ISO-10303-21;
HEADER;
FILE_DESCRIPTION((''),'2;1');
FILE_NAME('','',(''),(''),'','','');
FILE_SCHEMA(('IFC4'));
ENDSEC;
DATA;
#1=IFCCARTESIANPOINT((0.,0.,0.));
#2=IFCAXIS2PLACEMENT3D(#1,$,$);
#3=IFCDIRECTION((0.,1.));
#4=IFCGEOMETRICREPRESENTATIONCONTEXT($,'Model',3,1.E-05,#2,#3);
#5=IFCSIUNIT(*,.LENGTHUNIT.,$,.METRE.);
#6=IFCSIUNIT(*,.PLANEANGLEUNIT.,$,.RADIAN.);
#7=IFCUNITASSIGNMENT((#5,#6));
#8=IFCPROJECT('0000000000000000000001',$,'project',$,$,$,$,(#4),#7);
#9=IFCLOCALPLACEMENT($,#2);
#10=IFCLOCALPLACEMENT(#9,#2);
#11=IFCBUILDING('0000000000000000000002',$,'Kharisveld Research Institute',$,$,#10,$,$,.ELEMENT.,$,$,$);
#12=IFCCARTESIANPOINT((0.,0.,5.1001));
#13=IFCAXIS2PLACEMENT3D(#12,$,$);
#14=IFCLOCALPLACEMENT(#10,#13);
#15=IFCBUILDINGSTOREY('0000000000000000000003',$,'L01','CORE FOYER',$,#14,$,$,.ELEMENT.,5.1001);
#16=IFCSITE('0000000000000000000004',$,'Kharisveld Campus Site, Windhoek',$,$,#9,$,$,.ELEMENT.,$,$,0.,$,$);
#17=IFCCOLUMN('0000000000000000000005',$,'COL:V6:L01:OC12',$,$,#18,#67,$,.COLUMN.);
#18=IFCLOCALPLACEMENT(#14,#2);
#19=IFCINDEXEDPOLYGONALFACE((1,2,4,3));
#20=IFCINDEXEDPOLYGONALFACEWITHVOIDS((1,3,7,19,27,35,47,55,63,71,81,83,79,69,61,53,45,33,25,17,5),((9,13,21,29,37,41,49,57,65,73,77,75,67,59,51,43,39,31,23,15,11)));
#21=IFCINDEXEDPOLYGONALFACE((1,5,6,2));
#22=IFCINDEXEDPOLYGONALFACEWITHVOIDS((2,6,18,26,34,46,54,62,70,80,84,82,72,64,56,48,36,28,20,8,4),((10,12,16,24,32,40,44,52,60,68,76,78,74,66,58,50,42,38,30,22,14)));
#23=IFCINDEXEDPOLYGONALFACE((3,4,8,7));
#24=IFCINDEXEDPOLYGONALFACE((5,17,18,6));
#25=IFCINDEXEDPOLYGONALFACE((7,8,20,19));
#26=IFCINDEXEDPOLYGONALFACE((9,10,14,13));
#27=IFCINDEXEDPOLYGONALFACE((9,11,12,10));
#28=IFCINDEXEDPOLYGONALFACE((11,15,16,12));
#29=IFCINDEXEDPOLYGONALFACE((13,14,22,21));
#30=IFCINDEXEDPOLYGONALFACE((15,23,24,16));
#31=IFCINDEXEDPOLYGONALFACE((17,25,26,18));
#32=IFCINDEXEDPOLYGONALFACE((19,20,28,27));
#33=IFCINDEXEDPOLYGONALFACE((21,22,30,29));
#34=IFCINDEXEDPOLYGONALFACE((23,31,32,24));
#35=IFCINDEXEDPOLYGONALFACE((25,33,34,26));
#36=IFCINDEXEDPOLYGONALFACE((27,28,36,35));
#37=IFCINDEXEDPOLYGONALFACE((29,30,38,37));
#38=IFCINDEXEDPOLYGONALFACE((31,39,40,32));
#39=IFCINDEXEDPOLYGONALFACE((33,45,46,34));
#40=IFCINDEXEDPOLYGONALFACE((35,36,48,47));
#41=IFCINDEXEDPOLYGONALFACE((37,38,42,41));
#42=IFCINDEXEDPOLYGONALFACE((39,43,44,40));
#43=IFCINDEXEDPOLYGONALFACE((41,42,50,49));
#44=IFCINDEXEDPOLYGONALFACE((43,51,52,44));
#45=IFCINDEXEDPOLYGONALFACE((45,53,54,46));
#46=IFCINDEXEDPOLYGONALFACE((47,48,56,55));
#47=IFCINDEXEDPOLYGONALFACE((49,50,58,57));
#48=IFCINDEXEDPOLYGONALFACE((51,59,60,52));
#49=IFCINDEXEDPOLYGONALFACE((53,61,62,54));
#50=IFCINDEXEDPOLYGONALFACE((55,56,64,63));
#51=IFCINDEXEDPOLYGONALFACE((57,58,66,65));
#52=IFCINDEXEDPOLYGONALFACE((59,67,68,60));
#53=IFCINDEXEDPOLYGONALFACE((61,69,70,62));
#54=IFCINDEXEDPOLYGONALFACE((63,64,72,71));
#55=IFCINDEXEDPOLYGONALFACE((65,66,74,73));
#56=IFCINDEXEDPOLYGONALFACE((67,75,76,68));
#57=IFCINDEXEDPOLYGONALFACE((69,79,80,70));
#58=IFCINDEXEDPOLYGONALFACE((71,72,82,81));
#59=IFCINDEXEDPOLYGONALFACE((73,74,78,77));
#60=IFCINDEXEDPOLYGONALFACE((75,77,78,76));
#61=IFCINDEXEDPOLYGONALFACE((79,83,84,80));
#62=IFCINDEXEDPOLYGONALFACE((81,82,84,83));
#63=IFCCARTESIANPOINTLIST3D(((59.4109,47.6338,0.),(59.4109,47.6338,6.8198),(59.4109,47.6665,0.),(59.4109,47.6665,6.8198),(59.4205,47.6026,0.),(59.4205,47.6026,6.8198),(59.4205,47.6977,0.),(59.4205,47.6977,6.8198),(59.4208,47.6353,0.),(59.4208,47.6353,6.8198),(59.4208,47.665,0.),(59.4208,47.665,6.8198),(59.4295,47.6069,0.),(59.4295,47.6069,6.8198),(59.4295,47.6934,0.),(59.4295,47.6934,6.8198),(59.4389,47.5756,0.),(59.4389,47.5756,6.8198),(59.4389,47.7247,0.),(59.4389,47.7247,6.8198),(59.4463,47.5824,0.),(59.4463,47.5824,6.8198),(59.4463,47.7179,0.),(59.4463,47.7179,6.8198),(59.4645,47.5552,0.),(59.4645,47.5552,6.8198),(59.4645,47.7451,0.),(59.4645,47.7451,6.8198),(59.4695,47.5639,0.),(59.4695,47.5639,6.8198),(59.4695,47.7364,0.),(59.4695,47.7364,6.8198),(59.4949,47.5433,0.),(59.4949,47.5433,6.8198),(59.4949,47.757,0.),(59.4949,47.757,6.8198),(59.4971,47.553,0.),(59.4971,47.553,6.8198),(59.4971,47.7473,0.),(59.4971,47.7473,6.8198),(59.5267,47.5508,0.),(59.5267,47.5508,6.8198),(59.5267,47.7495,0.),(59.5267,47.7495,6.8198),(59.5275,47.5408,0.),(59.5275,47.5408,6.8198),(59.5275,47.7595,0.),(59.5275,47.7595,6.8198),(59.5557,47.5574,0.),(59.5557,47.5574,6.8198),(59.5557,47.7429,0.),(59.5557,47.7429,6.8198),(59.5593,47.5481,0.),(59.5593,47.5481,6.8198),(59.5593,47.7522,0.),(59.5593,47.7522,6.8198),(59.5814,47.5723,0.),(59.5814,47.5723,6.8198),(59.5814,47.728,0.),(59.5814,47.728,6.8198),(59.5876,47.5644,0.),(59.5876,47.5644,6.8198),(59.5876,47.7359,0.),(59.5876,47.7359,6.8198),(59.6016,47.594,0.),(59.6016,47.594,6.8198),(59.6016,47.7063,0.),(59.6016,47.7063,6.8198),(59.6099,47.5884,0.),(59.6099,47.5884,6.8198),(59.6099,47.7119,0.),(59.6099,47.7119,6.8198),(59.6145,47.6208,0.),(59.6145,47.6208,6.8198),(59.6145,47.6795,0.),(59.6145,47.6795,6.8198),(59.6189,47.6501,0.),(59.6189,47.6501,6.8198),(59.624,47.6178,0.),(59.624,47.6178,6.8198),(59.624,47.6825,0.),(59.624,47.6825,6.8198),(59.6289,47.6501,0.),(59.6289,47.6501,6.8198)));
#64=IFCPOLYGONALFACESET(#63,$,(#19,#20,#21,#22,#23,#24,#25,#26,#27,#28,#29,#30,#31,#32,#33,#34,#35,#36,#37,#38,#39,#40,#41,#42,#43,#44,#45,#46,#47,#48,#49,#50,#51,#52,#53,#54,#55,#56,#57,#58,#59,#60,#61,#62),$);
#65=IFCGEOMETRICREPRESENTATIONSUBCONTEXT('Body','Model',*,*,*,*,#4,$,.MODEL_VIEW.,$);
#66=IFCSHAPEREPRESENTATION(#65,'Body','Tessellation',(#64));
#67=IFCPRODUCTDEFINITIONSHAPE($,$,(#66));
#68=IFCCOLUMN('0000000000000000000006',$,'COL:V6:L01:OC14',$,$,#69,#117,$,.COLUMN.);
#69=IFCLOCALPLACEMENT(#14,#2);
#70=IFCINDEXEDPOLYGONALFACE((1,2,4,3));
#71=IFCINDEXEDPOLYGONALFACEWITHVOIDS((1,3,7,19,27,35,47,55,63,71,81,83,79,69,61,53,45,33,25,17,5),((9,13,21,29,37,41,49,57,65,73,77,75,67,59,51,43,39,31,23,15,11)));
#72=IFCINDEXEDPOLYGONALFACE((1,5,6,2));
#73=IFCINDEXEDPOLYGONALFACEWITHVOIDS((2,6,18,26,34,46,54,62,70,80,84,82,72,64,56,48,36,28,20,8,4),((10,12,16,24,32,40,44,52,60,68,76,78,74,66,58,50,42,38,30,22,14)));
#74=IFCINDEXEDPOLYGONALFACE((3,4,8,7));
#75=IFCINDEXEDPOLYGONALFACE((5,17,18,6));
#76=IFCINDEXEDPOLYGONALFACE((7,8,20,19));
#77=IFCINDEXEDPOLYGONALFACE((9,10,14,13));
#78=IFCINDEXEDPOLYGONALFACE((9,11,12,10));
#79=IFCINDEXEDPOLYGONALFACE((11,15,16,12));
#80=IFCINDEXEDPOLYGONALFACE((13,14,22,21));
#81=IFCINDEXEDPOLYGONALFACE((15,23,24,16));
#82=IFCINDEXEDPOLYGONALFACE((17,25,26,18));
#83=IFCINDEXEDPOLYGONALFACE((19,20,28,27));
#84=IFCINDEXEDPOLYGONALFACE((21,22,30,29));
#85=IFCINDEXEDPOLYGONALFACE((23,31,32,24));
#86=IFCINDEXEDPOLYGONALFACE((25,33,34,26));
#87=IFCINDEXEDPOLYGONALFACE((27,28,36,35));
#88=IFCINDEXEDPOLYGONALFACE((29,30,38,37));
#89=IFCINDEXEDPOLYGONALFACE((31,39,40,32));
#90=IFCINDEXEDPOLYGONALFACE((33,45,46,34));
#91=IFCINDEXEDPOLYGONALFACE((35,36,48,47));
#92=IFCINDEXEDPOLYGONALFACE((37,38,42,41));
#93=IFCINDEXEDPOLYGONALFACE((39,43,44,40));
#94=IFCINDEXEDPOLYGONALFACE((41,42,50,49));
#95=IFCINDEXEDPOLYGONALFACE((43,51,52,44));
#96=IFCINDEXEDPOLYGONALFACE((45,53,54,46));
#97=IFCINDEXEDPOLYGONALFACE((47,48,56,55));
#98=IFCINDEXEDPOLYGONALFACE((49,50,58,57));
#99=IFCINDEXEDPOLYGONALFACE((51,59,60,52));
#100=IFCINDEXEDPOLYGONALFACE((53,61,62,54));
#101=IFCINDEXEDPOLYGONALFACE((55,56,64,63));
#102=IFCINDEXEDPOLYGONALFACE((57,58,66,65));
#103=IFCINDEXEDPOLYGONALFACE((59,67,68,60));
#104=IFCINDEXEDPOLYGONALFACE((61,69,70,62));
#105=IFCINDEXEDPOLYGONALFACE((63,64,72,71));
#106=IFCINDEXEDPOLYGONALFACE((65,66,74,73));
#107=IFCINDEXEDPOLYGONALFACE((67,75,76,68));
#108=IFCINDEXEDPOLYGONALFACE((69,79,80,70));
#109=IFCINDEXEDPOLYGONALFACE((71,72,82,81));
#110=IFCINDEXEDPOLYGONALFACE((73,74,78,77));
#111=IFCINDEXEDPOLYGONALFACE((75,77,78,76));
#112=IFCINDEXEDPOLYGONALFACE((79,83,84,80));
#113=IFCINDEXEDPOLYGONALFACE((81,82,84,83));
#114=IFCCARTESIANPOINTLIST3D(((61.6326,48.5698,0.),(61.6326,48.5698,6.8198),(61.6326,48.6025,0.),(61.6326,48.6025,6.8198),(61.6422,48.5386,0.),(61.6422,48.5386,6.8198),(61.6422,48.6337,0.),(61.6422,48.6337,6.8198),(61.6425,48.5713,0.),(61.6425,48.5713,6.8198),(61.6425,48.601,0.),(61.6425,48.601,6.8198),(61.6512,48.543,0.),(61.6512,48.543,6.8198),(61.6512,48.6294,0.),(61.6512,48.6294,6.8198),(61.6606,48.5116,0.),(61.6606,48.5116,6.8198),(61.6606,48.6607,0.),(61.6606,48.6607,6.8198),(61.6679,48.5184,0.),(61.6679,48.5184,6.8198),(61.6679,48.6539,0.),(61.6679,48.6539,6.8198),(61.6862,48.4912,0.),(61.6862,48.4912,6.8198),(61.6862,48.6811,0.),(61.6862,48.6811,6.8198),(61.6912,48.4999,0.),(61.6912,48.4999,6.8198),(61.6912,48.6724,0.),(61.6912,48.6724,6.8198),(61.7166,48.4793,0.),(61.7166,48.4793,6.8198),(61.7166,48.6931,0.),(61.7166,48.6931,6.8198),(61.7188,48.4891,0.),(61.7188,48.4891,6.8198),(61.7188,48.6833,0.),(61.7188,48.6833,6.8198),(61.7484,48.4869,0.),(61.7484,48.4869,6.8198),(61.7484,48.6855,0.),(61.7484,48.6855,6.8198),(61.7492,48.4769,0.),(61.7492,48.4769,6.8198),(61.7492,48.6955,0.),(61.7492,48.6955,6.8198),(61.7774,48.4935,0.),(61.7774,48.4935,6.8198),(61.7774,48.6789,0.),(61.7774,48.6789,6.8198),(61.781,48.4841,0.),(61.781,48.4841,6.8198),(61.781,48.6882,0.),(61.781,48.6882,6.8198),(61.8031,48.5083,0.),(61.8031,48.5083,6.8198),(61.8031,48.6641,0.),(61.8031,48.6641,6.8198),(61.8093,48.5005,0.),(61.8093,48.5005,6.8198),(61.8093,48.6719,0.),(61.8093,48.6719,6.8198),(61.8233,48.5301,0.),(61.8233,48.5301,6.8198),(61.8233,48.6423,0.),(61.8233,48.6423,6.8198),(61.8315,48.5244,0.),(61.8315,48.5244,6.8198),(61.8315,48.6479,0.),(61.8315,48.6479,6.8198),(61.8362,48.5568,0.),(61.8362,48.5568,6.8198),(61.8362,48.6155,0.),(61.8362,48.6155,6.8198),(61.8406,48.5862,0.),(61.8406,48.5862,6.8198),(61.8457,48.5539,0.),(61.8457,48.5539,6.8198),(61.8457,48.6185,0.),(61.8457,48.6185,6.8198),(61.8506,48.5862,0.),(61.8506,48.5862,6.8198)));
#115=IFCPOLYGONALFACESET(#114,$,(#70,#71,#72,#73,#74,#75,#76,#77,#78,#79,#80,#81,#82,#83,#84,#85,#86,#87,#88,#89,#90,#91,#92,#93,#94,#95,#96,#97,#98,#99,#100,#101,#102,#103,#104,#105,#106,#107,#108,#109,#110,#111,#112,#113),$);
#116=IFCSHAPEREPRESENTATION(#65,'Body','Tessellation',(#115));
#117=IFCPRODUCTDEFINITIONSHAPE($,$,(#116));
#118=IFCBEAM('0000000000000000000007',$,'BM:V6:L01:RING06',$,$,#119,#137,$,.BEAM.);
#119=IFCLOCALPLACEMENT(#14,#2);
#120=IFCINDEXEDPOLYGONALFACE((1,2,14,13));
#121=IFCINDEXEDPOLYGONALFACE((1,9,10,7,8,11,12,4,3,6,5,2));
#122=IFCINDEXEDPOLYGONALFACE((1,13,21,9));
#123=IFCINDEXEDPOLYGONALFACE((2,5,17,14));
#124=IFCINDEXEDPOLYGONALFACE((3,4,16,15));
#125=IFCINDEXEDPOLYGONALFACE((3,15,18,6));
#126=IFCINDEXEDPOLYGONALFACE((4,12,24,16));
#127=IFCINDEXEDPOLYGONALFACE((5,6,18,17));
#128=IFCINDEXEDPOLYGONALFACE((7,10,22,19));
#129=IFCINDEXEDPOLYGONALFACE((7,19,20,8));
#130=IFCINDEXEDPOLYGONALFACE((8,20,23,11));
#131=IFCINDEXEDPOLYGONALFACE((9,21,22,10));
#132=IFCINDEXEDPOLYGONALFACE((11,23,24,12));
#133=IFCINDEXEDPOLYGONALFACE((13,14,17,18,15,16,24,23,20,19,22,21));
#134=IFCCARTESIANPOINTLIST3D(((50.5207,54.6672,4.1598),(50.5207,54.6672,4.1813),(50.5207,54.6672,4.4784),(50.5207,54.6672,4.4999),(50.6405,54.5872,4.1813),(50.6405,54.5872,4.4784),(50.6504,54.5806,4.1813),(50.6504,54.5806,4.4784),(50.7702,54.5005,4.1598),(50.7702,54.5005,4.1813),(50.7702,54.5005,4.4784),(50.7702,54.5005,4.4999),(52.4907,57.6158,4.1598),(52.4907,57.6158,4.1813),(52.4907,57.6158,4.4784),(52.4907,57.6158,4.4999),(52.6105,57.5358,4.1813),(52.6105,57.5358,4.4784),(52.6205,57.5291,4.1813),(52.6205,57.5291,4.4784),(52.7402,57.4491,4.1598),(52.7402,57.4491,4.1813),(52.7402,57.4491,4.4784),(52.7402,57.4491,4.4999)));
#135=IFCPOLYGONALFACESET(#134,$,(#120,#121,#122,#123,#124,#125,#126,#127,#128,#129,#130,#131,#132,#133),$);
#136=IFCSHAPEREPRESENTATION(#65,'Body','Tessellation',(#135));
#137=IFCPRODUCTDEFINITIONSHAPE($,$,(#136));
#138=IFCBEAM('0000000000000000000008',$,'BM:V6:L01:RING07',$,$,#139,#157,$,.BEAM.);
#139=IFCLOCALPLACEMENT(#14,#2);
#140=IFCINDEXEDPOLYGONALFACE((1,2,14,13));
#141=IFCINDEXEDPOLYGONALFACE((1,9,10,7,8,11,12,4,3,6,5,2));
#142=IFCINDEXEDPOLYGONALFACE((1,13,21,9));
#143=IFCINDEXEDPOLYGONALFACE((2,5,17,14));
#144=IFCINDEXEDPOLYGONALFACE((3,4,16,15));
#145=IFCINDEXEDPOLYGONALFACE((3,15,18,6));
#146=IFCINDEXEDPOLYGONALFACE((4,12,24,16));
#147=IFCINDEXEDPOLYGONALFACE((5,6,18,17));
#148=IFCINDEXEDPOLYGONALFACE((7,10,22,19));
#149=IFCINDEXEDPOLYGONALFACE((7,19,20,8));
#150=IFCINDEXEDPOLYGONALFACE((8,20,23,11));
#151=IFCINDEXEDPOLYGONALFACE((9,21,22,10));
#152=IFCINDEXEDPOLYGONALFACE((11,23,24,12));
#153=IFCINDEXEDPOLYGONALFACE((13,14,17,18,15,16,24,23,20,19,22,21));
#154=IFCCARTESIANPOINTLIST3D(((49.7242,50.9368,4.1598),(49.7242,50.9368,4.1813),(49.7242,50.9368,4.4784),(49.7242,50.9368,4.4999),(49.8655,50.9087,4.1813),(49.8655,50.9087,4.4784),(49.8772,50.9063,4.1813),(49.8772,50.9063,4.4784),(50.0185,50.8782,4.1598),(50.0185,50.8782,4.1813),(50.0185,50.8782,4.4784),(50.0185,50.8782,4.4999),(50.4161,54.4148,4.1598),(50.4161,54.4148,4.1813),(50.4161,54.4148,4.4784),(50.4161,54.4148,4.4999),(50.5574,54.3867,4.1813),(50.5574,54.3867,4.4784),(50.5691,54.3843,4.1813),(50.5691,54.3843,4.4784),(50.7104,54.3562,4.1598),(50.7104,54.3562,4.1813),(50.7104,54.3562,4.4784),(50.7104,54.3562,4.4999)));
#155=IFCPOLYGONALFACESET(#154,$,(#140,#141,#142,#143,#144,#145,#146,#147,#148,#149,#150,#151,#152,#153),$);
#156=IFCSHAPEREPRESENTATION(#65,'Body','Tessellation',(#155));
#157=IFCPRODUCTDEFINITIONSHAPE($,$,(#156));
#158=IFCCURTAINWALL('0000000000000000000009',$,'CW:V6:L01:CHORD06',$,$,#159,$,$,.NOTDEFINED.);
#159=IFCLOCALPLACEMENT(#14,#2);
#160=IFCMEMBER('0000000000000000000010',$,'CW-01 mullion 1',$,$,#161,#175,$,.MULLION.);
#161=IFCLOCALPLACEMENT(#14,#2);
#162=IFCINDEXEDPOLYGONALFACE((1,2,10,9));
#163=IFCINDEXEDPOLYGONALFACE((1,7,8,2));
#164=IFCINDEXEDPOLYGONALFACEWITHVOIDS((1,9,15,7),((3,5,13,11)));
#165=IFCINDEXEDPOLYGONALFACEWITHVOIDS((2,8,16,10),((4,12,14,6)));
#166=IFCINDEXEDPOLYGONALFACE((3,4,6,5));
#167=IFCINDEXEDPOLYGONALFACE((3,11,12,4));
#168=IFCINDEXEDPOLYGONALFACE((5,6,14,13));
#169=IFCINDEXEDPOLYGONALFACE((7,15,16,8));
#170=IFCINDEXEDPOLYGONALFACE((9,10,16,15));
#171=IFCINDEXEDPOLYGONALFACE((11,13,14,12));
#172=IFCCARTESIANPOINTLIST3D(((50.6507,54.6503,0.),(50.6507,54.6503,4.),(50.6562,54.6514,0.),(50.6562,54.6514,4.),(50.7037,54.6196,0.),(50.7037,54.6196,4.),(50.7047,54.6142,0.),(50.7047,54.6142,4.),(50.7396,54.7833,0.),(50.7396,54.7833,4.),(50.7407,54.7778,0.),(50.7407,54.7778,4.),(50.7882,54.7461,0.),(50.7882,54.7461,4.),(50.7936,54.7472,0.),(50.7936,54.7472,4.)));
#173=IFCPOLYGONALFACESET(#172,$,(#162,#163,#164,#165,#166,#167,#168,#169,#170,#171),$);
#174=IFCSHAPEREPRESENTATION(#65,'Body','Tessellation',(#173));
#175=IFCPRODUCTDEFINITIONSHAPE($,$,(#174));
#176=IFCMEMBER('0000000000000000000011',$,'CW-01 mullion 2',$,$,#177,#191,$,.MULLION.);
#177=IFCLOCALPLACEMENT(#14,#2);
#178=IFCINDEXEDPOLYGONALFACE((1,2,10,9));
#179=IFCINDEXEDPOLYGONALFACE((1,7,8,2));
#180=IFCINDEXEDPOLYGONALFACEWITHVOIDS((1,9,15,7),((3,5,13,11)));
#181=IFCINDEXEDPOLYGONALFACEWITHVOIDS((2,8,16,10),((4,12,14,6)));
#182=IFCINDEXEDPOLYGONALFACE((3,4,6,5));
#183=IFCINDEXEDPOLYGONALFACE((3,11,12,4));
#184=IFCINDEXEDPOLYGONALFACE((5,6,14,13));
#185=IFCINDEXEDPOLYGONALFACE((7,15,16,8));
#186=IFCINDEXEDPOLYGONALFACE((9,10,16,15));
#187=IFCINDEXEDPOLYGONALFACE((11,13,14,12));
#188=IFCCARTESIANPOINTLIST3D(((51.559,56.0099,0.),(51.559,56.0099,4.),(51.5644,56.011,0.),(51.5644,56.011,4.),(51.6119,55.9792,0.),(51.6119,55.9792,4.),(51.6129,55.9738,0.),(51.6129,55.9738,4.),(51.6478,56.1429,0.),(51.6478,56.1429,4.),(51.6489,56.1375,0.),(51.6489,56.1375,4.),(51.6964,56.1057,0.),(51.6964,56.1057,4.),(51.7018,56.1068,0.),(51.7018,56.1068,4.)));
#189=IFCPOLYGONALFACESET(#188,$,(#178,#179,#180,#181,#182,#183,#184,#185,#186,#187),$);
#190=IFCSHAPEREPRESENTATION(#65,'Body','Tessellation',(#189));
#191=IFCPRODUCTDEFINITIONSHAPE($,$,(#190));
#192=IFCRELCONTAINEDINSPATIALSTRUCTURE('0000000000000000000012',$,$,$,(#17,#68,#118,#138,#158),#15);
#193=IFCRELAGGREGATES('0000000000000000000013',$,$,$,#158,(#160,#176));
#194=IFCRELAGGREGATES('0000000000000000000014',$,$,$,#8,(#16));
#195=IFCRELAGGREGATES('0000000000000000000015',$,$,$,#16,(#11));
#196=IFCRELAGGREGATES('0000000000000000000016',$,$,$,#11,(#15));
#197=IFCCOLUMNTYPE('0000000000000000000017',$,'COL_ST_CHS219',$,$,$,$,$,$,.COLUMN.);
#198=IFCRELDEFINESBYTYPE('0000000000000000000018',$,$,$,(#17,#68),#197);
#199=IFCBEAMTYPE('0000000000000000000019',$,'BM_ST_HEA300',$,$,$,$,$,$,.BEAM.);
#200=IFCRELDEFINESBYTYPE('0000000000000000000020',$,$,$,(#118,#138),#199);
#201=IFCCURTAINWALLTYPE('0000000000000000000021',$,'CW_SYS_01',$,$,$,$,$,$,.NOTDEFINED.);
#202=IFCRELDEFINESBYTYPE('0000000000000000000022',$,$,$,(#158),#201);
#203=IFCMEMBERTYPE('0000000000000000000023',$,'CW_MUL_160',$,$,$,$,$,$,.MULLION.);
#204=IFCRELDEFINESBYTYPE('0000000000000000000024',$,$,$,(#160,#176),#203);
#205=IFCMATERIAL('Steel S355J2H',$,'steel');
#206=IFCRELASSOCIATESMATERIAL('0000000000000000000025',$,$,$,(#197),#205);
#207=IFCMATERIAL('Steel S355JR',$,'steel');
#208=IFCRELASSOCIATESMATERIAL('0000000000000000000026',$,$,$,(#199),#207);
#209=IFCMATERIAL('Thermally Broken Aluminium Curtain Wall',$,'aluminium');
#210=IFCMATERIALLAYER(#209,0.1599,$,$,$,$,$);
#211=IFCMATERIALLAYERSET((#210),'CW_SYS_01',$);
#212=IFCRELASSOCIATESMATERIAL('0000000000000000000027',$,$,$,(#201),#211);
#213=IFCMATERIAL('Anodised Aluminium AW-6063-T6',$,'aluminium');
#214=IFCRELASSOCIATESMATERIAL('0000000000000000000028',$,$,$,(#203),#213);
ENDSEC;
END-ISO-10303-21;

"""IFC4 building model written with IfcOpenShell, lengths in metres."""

from ifc_helpers import new_model, si_unit, direction, frame, origin, origin_2d, place, context, subcontext, project, spatial, hollow_rectangle, hollow_circle, i_section, extrude, material, layer, layer_set, material_profile, profile_set, type_object, element, aggregate, save


model = new_model("IFC4")

# Units and contexts
model_context = context("Model", 3, precision=1e-05, world=origin(), true_north=direction((0.0, 1.0)))
body_context = subcontext(model_context, "Body", "Model", "MODEL_VIEW")
ifc_project = project(units=[si_unit("LENGTHUNIT", "METRE"), si_unit("PLANEANGLEUNIT", "RADIAN")], contexts=[model_context])

# Site, building, storey
site_placement = place(None, origin())
site = spatial("IfcSite", under=ifc_project, at=site_placement, Name="Kharisveld Campus Site, Windhoek", CompositionType="ELEMENT", RefElevation=0.0)
building_placement = place(site_placement, origin())
building = spatial("IfcBuilding", under=site, at=building_placement, Name="Kharisveld Research Institute", CompositionType="ELEMENT")
storey_placement = place(building_placement, frame((0.0, 0.0, 5.1001)))
storey = spatial("IfcBuildingStorey", under=building, at=storey_placement, Name="L01", Description="CORE FOYER", CompositionType="ELEMENT", Elevation=5.1001)

# Columns
ifc_material_1 = material(Name="Steel S355J2H", Category="steel")
ifc_material_profile_1 = material_profile(ifc_material_1, hollow_circle(Radius=0.1096, WallThickness=0.01, at=origin_2d()))
ifc_profile_set_1 = profile_set([ifc_material_profile_1], Name="Steel S355J2H")
column_type = type_object("IfcColumnType", Name="COL_ST_CHS219", PredefinedType="COLUMN", material=ifc_profile_set_1)
for number, where, z_axis, x_axis, name in (
    (1, (59.5193, 47.6501, 0.0), (0.0, 0.0, 1.0), (1.0, 0.0, 0.0), "COL:V6:L01:OC12"),
    (2, (61.741, 48.5862, 0.0), (0.0, 0.0, 1.0), (1.0, 0.0, 0.0), "COL:V6:L01:OC14"),
):
    element("IfcColumn", number, at=place(storey_placement, frame(where, z_axis=z_axis, x_axis=x_axis)), inside=storey, type_object=column_type, Name=name, PredefinedType="COLUMN", context=body_context, shape_type="SweptSolid", body=[
        extrude(hollow_circle(Radius=0.1096, WallThickness=0.01, at=origin_2d()), origin(), (0.0, 0.0, 1.0), 6.8198),
    ])

# Beams
ifc_material_2 = material(Name="Steel S355JR", Category="steel")
ifc_material_profile_2 = material_profile(ifc_material_2, i_section(OverallWidth=0.3, OverallDepth=0.3401, WebThickness=0.012, FlangeThickness=0.0215, at=origin_2d()))
ifc_profile_set_2 = profile_set([ifc_material_profile_2], Name="Steel S355JR")
beam_type = type_object("IfcBeamType", Name="BM_ST_HEA300", PredefinedType="BEAM", material=ifc_profile_set_2)
for number, where, z_axis, x_axis, name in (
    (3, (52.6155, 57.5325, 4.3298), (-0.555542, -0.831488, 0.0), (0.831488, -0.555542, 0.0), "BM:V6:L01:RING06"),
    (4, (50.5632, 54.3855, 4.3298), (-0.19511, -0.980781, 0.0), (0.980781, -0.19511, 0.0), "BM:V6:L01:RING07"),
):
    element("IfcBeam", number, at=place(storey_placement, frame(where, z_axis=z_axis, x_axis=x_axis)), inside=storey, type_object=beam_type, Name=name, PredefinedType="BEAM", context=body_context, shape_type="SweptSolid", body=[
        extrude(i_section(OverallWidth=0.3, OverallDepth=0.3401, WebThickness=0.012, FlangeThickness=0.0215, at=origin_2d()), origin(), (0.0, 0.0, 1.0), 3.5461),
    ])

# Curtain wall, members
ifc_material_3 = material(Name="Thermally Broken Aluminium Curtain Wall", Category="aluminium")
ifc_layer_1 = layer(ifc_material_3, 0.1599)
ifc_layer_set_1 = layer_set([ifc_layer_1], Name="CW_SYS_01")
curtain_wall_type_1 = type_object("IfcCurtainWallType", Name="CW_SYS_01", PredefinedType="NOTDEFINED", material=ifc_layer_set_1)
curtain_wall_1_placement = place(storey_placement, origin())
curtain_wall_1 = element("IfcCurtainWall", 5, at=curtain_wall_1_placement, inside=storey, type_object=curtain_wall_type_1, Name="CW:V6:L01:CHORD06", PredefinedType="NOTDEFINED")
ifc_material_4 = material(Name="Anodised Aluminium AW-6063-T6", Category="aluminium")
ifc_material_profile_3 = material_profile(ifc_material_4, hollow_rectangle(XDim=0.0649, YDim=0.1599, WallThickness=0.0039, at=origin_2d()))
ifc_profile_set_3 = profile_set([ifc_material_profile_3], Name="Anodised Aluminium AW-6063-T6")
member_type_1 = type_object("IfcMemberType", Name="CW_MUL_160", PredefinedType="MULLION", material=ifc_profile_set_3)
member_1_placement = place(storey_placement, frame((50.7222, 54.6987, 0.0), z_axis=(0.0, 0.0, 1.0), x_axis=(-0.83147, 0.55557, 0.0)))
member_1 = element("IfcMember", 6, at=member_1_placement, type_object=member_type_1, Name="CW-01 mullion 1", PredefinedType="MULLION", context=body_context, shape_type="SweptSolid", body=[
    extrude(hollow_rectangle(XDim=0.0649, YDim=0.1599, WallThickness=0.0039, at=origin_2d()), origin(), (0.0, 0.0, 1.0), 4.0),
])
member_2_placement = place(storey_placement, frame((51.6304, 56.0583, 0.0), z_axis=(0.0, 0.0, 1.0), x_axis=(-0.83147, 0.55557, 0.0)))
member_2 = element("IfcMember", 7, at=member_2_placement, type_object=member_type_1, Name="CW-01 mullion 2", PredefinedType="MULLION", context=body_context, shape_type="SweptSolid", body=[
    extrude(hollow_rectangle(XDim=0.0649, YDim=0.1599, WallThickness=0.0039, at=origin_2d()), origin(), (0.0, 0.0, 1.0), 4.0),
])

aggregate(curtain_wall_1, [member_1, member_2])

save(model, "model.ifc")
